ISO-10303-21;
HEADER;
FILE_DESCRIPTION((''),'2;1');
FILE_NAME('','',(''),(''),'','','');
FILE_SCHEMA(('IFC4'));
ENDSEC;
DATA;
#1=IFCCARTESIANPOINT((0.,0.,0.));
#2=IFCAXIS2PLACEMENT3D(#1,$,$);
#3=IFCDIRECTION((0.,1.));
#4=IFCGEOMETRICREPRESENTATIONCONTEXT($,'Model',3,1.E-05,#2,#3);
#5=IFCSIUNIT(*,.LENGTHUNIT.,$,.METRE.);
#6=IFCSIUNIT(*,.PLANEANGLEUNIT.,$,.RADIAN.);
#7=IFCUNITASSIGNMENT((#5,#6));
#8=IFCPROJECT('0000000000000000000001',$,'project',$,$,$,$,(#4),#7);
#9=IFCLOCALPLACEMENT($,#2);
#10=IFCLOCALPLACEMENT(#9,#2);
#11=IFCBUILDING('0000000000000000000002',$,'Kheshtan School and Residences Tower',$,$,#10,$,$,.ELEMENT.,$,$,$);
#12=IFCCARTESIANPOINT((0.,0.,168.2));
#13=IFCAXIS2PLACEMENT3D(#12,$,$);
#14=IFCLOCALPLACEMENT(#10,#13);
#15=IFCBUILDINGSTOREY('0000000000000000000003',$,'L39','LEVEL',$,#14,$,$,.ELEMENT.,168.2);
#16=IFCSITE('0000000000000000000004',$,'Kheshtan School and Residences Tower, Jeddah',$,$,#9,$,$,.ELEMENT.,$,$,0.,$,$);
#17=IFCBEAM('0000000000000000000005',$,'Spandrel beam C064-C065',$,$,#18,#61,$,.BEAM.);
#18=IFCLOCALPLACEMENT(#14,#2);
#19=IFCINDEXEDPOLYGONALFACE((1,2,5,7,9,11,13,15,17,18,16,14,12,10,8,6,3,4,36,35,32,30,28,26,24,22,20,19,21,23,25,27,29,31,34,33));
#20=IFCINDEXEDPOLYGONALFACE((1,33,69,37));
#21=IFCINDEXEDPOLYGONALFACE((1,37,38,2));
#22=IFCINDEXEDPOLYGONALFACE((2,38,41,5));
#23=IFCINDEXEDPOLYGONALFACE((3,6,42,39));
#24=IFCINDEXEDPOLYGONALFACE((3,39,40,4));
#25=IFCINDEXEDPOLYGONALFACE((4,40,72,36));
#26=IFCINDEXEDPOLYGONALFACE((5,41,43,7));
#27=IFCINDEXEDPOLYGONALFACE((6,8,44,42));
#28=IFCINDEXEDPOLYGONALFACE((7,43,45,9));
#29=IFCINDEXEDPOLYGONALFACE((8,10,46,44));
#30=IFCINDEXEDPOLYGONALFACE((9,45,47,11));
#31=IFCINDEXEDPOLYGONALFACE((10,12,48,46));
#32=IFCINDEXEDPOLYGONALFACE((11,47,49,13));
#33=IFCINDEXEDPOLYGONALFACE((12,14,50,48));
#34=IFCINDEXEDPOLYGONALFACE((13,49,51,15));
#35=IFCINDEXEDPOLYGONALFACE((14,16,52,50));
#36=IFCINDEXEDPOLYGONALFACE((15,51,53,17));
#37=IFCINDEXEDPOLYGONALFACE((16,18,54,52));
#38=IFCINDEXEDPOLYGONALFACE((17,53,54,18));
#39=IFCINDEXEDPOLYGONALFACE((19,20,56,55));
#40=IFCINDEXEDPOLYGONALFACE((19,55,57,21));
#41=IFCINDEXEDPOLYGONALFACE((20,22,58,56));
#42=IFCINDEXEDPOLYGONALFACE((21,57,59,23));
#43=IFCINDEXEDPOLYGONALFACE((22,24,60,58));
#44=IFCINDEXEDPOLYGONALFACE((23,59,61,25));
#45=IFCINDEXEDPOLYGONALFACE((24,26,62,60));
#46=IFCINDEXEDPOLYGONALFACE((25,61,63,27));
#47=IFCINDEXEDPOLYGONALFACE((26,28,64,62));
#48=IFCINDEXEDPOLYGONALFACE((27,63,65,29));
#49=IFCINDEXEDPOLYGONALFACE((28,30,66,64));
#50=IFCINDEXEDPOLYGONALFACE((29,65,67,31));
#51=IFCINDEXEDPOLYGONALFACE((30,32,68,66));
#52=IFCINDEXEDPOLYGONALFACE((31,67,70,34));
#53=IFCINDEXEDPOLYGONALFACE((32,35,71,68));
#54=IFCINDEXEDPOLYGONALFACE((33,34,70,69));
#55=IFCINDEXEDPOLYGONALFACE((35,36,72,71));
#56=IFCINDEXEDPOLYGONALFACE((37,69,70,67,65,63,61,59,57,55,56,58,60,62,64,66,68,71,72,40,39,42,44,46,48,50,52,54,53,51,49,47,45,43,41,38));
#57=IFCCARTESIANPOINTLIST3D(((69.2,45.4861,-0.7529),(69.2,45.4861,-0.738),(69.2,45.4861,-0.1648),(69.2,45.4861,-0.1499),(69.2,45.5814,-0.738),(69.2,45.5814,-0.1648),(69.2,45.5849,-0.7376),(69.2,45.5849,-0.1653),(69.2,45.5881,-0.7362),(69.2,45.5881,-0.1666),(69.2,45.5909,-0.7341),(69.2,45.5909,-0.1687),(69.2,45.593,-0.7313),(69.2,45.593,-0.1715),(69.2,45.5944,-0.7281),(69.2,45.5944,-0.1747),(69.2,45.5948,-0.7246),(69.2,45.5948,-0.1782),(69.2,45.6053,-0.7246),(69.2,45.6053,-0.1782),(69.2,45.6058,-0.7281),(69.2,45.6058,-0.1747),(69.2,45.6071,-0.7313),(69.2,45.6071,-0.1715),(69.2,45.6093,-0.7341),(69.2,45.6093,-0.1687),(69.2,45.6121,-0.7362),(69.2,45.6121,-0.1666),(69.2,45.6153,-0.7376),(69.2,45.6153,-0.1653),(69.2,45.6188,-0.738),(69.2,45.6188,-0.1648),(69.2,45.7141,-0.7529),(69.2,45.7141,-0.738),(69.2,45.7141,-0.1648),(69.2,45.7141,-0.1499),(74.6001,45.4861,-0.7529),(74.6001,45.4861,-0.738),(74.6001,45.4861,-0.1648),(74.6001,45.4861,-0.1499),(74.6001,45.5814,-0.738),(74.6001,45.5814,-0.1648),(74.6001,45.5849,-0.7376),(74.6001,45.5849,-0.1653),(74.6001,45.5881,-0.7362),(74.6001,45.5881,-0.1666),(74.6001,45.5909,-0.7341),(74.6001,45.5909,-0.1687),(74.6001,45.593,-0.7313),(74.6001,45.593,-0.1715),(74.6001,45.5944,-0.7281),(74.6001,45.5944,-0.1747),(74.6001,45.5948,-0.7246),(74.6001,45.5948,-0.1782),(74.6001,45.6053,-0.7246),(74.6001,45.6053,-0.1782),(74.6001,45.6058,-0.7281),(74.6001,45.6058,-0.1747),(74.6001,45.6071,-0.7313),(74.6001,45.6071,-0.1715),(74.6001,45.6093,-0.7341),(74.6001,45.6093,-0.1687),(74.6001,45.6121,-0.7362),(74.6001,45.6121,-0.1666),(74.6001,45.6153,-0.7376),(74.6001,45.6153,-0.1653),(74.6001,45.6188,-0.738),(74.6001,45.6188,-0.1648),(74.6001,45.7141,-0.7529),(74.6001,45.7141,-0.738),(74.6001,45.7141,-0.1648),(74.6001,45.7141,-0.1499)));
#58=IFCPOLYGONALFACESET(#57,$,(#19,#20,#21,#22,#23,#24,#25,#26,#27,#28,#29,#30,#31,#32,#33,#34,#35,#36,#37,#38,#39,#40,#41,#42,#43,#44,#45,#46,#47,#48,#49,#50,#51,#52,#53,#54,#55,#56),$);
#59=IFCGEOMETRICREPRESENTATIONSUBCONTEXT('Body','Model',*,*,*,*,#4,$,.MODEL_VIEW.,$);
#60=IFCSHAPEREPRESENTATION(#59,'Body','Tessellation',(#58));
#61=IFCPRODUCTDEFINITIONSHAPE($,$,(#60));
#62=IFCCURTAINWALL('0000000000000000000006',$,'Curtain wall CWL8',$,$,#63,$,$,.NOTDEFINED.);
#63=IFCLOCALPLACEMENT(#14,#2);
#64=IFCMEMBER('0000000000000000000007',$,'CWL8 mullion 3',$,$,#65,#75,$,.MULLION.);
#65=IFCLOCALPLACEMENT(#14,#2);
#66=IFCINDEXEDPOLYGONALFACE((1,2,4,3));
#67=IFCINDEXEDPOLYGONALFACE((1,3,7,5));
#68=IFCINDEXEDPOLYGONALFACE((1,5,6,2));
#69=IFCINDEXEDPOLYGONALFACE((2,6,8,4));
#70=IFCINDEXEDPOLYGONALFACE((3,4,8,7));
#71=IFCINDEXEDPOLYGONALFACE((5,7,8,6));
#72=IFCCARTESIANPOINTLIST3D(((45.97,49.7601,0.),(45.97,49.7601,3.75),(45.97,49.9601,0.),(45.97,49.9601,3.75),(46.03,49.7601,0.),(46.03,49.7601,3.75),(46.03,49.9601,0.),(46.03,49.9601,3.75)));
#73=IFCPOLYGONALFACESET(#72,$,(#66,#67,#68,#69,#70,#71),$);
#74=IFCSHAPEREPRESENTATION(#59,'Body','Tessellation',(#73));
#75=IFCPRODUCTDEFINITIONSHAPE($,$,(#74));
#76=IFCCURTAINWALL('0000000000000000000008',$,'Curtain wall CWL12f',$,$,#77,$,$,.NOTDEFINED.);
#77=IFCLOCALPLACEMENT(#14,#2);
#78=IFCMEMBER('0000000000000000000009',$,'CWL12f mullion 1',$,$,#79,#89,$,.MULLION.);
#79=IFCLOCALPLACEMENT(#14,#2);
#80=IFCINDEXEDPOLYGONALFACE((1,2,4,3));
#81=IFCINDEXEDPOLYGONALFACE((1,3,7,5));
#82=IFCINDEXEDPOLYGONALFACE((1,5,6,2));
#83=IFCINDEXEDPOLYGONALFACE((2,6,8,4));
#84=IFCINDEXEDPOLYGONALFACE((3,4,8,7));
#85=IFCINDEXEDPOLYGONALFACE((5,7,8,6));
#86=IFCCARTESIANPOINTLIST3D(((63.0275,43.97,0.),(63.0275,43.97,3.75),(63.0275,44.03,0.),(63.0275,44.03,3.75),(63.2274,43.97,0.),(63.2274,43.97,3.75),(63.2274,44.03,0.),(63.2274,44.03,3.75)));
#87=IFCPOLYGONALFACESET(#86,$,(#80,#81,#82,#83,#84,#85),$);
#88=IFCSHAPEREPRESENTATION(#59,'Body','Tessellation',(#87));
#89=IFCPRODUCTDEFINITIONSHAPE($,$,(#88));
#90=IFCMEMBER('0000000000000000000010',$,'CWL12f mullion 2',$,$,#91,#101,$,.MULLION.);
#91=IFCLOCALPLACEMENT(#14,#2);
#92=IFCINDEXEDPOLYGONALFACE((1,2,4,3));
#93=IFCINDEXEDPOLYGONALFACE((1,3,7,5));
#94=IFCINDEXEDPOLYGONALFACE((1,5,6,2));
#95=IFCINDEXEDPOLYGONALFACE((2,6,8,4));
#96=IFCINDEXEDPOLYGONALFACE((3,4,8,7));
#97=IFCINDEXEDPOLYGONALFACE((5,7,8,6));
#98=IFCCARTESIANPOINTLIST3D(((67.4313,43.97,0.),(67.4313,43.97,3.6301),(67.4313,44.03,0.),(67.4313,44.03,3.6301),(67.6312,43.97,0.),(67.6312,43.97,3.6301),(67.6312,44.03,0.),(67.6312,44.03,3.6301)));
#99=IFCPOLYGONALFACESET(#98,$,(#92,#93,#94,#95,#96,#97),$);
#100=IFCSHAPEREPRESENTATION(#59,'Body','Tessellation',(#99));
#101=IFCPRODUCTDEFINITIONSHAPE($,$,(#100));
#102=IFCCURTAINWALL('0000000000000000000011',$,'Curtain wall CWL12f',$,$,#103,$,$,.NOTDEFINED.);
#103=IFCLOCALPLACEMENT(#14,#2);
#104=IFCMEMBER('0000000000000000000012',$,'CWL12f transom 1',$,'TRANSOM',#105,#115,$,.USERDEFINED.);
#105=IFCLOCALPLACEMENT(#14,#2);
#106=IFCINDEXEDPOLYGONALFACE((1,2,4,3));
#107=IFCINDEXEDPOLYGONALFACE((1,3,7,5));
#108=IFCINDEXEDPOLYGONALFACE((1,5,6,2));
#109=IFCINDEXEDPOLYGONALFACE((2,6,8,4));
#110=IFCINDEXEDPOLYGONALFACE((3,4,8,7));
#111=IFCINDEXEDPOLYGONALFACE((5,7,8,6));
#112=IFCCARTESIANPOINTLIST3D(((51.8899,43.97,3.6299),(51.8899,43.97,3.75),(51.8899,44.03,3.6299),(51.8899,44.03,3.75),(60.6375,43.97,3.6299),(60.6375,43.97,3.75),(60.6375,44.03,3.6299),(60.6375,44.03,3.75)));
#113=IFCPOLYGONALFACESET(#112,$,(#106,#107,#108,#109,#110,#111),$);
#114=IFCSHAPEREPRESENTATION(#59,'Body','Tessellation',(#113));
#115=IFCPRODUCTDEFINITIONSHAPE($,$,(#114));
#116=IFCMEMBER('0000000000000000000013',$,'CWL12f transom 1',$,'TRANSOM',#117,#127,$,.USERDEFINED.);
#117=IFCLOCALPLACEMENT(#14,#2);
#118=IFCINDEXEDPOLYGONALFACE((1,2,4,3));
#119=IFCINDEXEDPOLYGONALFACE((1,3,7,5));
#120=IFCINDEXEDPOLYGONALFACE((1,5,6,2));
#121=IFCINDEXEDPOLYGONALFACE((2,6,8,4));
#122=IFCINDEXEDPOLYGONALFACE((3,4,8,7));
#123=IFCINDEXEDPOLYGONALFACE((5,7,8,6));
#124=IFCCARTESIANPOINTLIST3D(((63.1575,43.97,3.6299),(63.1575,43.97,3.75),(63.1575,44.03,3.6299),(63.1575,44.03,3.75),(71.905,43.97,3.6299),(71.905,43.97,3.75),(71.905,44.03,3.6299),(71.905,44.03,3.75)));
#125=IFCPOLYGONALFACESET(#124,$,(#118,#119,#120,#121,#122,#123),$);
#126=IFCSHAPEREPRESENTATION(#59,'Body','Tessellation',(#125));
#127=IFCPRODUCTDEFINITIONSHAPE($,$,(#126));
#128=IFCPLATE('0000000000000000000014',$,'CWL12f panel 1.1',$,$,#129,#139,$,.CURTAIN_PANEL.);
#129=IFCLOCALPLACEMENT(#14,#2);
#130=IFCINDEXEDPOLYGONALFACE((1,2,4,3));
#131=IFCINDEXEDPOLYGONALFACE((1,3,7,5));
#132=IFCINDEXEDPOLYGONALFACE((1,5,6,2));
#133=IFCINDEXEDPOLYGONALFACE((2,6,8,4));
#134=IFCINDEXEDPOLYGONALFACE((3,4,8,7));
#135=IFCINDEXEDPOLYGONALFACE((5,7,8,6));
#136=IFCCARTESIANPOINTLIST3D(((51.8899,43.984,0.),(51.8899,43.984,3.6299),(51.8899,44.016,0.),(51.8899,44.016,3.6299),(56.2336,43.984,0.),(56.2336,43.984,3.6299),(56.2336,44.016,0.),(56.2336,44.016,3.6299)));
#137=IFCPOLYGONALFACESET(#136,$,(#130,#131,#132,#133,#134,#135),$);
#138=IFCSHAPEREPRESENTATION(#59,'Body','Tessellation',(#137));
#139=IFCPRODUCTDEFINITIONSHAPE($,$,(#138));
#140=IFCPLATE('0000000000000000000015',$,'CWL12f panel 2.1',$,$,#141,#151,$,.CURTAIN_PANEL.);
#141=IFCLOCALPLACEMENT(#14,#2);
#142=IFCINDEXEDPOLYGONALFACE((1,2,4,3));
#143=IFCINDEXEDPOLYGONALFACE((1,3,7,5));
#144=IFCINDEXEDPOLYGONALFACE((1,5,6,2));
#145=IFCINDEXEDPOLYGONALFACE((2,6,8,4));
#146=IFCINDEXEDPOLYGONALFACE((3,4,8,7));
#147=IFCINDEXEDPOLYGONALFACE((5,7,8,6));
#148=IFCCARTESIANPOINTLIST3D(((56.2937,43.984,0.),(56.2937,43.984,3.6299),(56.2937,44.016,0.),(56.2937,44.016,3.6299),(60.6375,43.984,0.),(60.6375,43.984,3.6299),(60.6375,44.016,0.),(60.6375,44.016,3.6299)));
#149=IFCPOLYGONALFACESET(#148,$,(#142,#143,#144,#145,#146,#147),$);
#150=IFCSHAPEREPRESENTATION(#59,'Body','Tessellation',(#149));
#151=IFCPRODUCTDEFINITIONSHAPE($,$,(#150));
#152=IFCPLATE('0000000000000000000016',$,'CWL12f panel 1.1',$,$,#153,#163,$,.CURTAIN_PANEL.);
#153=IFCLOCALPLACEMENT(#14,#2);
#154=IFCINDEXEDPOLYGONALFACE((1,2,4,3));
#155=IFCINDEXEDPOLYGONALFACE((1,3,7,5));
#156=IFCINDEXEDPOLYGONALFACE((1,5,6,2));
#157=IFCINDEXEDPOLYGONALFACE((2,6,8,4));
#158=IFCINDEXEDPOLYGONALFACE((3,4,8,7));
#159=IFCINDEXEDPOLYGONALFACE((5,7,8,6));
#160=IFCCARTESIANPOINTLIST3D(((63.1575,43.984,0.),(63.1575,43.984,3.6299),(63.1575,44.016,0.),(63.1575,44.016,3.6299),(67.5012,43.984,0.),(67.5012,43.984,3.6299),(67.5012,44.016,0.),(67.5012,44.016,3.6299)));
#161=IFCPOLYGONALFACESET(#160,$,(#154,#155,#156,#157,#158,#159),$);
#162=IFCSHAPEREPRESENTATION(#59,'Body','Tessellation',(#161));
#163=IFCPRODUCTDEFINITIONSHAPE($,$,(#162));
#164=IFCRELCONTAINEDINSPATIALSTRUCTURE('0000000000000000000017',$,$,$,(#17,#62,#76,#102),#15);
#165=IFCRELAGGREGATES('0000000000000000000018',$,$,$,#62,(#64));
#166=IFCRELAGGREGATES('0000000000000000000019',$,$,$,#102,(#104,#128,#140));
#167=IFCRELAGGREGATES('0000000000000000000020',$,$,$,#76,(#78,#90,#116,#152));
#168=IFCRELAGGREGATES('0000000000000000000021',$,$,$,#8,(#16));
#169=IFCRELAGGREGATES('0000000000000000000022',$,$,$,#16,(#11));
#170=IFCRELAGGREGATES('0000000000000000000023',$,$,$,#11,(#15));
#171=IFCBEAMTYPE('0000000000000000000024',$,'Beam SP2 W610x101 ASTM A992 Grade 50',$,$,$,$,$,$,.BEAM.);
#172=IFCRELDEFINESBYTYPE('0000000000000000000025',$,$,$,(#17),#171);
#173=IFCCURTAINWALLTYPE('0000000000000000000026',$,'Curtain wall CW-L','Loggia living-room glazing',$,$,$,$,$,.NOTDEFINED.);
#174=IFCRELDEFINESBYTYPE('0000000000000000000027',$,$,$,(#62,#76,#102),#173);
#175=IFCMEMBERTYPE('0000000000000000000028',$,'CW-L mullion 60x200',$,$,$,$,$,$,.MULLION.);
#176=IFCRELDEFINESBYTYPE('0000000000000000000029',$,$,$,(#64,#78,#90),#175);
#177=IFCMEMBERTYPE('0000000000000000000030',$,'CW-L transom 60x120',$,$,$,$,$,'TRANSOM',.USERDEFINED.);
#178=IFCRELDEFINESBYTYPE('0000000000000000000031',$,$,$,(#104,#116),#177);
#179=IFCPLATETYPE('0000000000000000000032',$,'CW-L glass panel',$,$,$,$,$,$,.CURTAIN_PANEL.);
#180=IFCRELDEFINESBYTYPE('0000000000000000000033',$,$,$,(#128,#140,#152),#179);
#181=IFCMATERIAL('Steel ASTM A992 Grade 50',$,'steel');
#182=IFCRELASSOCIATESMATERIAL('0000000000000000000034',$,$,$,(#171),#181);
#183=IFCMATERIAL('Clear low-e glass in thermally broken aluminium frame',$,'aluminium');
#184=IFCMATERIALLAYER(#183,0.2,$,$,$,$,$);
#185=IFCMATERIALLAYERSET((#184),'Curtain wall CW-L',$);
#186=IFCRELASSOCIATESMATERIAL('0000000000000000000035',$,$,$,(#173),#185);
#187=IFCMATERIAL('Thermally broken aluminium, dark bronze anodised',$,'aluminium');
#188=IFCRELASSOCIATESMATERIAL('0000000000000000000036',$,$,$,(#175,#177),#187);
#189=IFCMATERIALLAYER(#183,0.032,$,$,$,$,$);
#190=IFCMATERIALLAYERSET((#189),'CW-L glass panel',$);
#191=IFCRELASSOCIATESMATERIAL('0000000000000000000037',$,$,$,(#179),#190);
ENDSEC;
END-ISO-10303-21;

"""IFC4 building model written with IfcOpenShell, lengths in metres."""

from ifc_helpers import new_model, si_unit, direction, frame, origin, origin_2d, place, context, subcontext, project, spatial, rectangle, i_section, extrude, material, layer, layer_set, material_profile, profile_set, type_object, element, aggregate, save


model = new_model("IFC4")

# Units and contexts
model_context = context("Model", 3, precision=1e-05, world=origin(), true_north=direction((0.0, 1.0)))
body_context = subcontext(model_context, "Body", "Model", "MODEL_VIEW")
ifc_project = project(units=[si_unit("LENGTHUNIT", "METRE"), si_unit("PLANEANGLEUNIT", "RADIAN")], contexts=[model_context])

# Site, building, storey
site_placement = place(None, origin())
site = spatial("IfcSite", under=ifc_project, at=site_placement, Name="Kheshtan School and Residences Tower, Jeddah", CompositionType="ELEMENT", RefElevation=0.0)
building_placement = place(site_placement, origin())
building = spatial("IfcBuilding", under=site, at=building_placement, Name="Kheshtan School and Residences Tower", CompositionType="ELEMENT")
storey_placement = place(building_placement, frame((0.0, 0.0, 168.2)))
storey = spatial("IfcBuildingStorey", under=building, at=storey_placement, Name="L39", Description="LEVEL", CompositionType="ELEMENT", Elevation=168.2)

# Shared definitions
ifc_material_1 = material(Name="Steel ASTM A992 Grade 50", Category="steel")

# Beam
ifc_material_profile_1 = material_profile(ifc_material_1, i_section(OverallWidth=0.228, OverallDepth=0.603, WebThickness=0.0105, FlangeThickness=0.0149, FilletRadius=0.0134, at=origin_2d()), Name="W610x101")
ifc_profile_set_1 = profile_set([ifc_material_profile_1], Name="Steel ASTM A992 Grade 50")
beam_type_1 = type_object("IfcBeamType", Name="Beam SP2 W610x101 ASTM A992 Grade 50", PredefinedType="BEAM", material=ifc_profile_set_1)
beam_1_placement = place(storey_placement, frame((69.2, 45.6001, -0.4514), z_axis=(1.0, 0.0, 0.0), x_axis=(0.0, 1.0, 0.0)))
element("IfcBeam", 1, at=beam_1_placement, inside=storey, type_object=beam_type_1, Name="Spandrel beam C064-C065", PredefinedType="BEAM", context=body_context, shape_type="SweptSolid", body=[
    extrude(i_section(OverallWidth=0.228, OverallDepth=0.603, WebThickness=0.0105, FlangeThickness=0.0149, FilletRadius=0.0134, at=origin_2d()), origin(), (0.0, 0.0, 1.0), 5.4001),
])

# Curtain wall, member
ifc_material_2 = material(Name="Clear low-e glass in thermally broken aluminium frame", Category="aluminium")
ifc_layer_1 = layer(ifc_material_2, 0.2)
ifc_layer_set_1 = layer_set([ifc_layer_1], Name="Curtain wall CW-L")
curtain_wall_type = type_object("IfcCurtainWallType", Name="Curtain wall CW-L", Description="Loggia living-room glazing", PredefinedType="NOTDEFINED", material=ifc_layer_set_1)
curtain_wall_1_placement = place(storey_placement, origin())
curtain_wall_1 = element("IfcCurtainWall", 2, at=curtain_wall_1_placement, inside=storey, type_object=curtain_wall_type, Name="Curtain wall CWL8", PredefinedType="NOTDEFINED")
ifc_material_3 = material(Name="Thermally broken aluminium, dark bronze anodised", Category="aluminium")
ifc_material_profile_2 = material_profile(ifc_material_3, rectangle(XDim=0.0601, YDim=0.2, at=origin_2d()), Name="CW-L mullion 60x200")
ifc_profile_set_2 = profile_set([ifc_material_profile_2], Name="Thermally broken aluminium, dark bronze anodised")
member_type_1 = type_object("IfcMemberType", Name="CW-L mullion 60x200", PredefinedType="MULLION", material=ifc_profile_set_2)
member_1_placement = place(storey_placement, frame((46.0, 49.8601, 0.0), z_axis=(0.0, 0.0, 1.0), x_axis=(1.0, 0.0, 0.0)))
member_1 = element("IfcMember", 3, at=member_1_placement, type_object=member_type_1, Name="CWL8 mullion 3", PredefinedType="MULLION", context=body_context, shape_type="SweptSolid", body=[
    extrude(rectangle(XDim=0.0601, YDim=0.2, at=origin_2d()), origin(), (0.0, 0.0, 1.0), 3.75),
])
aggregate(curtain_wall_1, [member_1])

# Curtain wall, members
curtain_wall_2_placement = place(storey_placement, origin())
curtain_wall_2 = element("IfcCurtainWall", 4, at=curtain_wall_2_placement, inside=storey, type_object=curtain_wall_type, Name="Curtain wall CWL12f", PredefinedType="NOTDEFINED")
member_2_placement = place(storey_placement, frame((63.1274, 44.0, 0.0), z_axis=(0.0, 0.0, 1.0), x_axis=(0.0, 1.0, 0.0)))
member_2 = element("IfcMember", 5, at=member_2_placement, type_object=member_type_1, Name="CWL12f mullion 1", PredefinedType="MULLION", context=body_context, shape_type="SweptSolid", body=[
    extrude(rectangle(XDim=0.0601, YDim=0.2, at=origin_2d()), origin(), (0.0, 0.0, 1.0), 3.75),
])
member_3_placement = place(storey_placement, frame((67.5312, 44.0, 0.0), z_axis=(0.0, 0.0, 1.0), x_axis=(0.0, 1.0, 0.0)))
member_3 = element("IfcMember", 6, at=member_3_placement, type_object=member_type_1, Name="CWL12f mullion 2", PredefinedType="MULLION", context=body_context, shape_type="SweptSolid", body=[
    extrude(rectangle(XDim=0.0601, YDim=0.2, at=origin_2d()), origin(), (0.0, 0.0, 1.0), 3.6301),
])

# Curtain wall, member
curtain_wall_3_placement = place(storey_placement, origin())
curtain_wall_3 = element("IfcCurtainWall", 7, at=curtain_wall_3_placement, inside=storey, type_object=curtain_wall_type, Name="Curtain wall CWL12f", PredefinedType="NOTDEFINED")
ifc_material_profile_3 = material_profile(ifc_material_3, rectangle(XDim=0.0601, YDim=0.1201, at=origin_2d()), Name="CW-L transom 60x120")
ifc_profile_set_3 = profile_set([ifc_material_profile_3], Name="Thermally broken aluminium, dark bronze anodised")
member_type_2 = type_object("IfcMemberType", Name="CW-L transom 60x120", ElementType="TRANSOM", PredefinedType="USERDEFINED", material=ifc_profile_set_3)
member_4_placement = place(storey_placement, frame((51.8899, 44.0, 3.6899), z_axis=(1.0, 0.0, 0.0), x_axis=(0.0, 1.0, 0.0)))
member_4 = element("IfcMember", 8, at=member_4_placement, type_object=member_type_2, Name="CWL12f transom 1", ObjectType="TRANSOM", PredefinedType="USERDEFINED", context=body_context, shape_type="SweptSolid", body=[
    extrude(rectangle(XDim=0.0601, YDim=0.1201, at=origin_2d()), origin(), (0.0, 0.0, 1.0), 8.7476),
])

# Member
member_5_placement = place(storey_placement, frame((63.1575, 44.0, 3.6899), z_axis=(1.0, 0.0, 0.0), x_axis=(0.0, 1.0, 0.0)))
member_5 = element("IfcMember", 9, at=member_5_placement, type_object=member_type_2, Name="CWL12f transom 1", ObjectType="TRANSOM", PredefinedType="USERDEFINED", context=body_context, shape_type="SweptSolid", body=[
    extrude(rectangle(XDim=0.0601, YDim=0.1201, at=origin_2d()), origin(), (0.0, 0.0, 1.0), 8.7476),
])

# Plates
ifc_layer_2 = layer(ifc_material_2, 0.032)
ifc_layer_set_2 = layer_set([ifc_layer_2], Name="CW-L glass panel")
plate_type = type_object("IfcPlateType", Name="CW-L glass panel", PredefinedType="CURTAIN_PANEL", material=ifc_layer_set_2)
plate_1_placement = place(storey_placement, frame((54.0618, 44.0, 0.0), z_axis=(0.0, 0.0, 1.0), x_axis=(1.0, 0.0, 0.0)))
plate_1 = element("IfcPlate", 10, at=plate_1_placement, type_object=plate_type, Name="CWL12f panel 1.1", PredefinedType="CURTAIN_PANEL", context=body_context, shape_type="SweptSolid", body=[
    extrude(rectangle(XDim=4.3438, YDim=0.032, at=origin_2d()), origin(), (0.0, 0.0, 1.0), 3.6299),
])
plate_2_placement = place(storey_placement, frame((58.4656, 44.0, 0.0), z_axis=(0.0, 0.0, 1.0), x_axis=(1.0, 0.0, 0.0)))
plate_2 = element("IfcPlate", 11, at=plate_2_placement, type_object=plate_type, Name="CWL12f panel 2.1", PredefinedType="CURTAIN_PANEL", context=body_context, shape_type="SweptSolid", body=[
    extrude(rectangle(XDim=4.3438, YDim=0.032, at=origin_2d()), origin(), (0.0, 0.0, 1.0), 3.6299),
])
aggregate(curtain_wall_3, [member_4, plate_1, plate_2])
plate_3_placement = place(storey_placement, frame((65.3293, 44.0, 0.0), z_axis=(0.0, 0.0, 1.0), x_axis=(1.0, 0.0, 0.0)))
plate_3 = element("IfcPlate", 12, at=plate_3_placement, type_object=plate_type, Name="CWL12f panel 1.1", PredefinedType="CURTAIN_PANEL", context=body_context, shape_type="SweptSolid", body=[
    extrude(rectangle(XDim=4.3438, YDim=0.032, at=origin_2d()), origin(), (0.0, 0.0, 1.0), 3.6299),
])
aggregate(curtain_wall_2, [member_2, member_3, member_5, plate_3])

save(model, "model.ifc")
